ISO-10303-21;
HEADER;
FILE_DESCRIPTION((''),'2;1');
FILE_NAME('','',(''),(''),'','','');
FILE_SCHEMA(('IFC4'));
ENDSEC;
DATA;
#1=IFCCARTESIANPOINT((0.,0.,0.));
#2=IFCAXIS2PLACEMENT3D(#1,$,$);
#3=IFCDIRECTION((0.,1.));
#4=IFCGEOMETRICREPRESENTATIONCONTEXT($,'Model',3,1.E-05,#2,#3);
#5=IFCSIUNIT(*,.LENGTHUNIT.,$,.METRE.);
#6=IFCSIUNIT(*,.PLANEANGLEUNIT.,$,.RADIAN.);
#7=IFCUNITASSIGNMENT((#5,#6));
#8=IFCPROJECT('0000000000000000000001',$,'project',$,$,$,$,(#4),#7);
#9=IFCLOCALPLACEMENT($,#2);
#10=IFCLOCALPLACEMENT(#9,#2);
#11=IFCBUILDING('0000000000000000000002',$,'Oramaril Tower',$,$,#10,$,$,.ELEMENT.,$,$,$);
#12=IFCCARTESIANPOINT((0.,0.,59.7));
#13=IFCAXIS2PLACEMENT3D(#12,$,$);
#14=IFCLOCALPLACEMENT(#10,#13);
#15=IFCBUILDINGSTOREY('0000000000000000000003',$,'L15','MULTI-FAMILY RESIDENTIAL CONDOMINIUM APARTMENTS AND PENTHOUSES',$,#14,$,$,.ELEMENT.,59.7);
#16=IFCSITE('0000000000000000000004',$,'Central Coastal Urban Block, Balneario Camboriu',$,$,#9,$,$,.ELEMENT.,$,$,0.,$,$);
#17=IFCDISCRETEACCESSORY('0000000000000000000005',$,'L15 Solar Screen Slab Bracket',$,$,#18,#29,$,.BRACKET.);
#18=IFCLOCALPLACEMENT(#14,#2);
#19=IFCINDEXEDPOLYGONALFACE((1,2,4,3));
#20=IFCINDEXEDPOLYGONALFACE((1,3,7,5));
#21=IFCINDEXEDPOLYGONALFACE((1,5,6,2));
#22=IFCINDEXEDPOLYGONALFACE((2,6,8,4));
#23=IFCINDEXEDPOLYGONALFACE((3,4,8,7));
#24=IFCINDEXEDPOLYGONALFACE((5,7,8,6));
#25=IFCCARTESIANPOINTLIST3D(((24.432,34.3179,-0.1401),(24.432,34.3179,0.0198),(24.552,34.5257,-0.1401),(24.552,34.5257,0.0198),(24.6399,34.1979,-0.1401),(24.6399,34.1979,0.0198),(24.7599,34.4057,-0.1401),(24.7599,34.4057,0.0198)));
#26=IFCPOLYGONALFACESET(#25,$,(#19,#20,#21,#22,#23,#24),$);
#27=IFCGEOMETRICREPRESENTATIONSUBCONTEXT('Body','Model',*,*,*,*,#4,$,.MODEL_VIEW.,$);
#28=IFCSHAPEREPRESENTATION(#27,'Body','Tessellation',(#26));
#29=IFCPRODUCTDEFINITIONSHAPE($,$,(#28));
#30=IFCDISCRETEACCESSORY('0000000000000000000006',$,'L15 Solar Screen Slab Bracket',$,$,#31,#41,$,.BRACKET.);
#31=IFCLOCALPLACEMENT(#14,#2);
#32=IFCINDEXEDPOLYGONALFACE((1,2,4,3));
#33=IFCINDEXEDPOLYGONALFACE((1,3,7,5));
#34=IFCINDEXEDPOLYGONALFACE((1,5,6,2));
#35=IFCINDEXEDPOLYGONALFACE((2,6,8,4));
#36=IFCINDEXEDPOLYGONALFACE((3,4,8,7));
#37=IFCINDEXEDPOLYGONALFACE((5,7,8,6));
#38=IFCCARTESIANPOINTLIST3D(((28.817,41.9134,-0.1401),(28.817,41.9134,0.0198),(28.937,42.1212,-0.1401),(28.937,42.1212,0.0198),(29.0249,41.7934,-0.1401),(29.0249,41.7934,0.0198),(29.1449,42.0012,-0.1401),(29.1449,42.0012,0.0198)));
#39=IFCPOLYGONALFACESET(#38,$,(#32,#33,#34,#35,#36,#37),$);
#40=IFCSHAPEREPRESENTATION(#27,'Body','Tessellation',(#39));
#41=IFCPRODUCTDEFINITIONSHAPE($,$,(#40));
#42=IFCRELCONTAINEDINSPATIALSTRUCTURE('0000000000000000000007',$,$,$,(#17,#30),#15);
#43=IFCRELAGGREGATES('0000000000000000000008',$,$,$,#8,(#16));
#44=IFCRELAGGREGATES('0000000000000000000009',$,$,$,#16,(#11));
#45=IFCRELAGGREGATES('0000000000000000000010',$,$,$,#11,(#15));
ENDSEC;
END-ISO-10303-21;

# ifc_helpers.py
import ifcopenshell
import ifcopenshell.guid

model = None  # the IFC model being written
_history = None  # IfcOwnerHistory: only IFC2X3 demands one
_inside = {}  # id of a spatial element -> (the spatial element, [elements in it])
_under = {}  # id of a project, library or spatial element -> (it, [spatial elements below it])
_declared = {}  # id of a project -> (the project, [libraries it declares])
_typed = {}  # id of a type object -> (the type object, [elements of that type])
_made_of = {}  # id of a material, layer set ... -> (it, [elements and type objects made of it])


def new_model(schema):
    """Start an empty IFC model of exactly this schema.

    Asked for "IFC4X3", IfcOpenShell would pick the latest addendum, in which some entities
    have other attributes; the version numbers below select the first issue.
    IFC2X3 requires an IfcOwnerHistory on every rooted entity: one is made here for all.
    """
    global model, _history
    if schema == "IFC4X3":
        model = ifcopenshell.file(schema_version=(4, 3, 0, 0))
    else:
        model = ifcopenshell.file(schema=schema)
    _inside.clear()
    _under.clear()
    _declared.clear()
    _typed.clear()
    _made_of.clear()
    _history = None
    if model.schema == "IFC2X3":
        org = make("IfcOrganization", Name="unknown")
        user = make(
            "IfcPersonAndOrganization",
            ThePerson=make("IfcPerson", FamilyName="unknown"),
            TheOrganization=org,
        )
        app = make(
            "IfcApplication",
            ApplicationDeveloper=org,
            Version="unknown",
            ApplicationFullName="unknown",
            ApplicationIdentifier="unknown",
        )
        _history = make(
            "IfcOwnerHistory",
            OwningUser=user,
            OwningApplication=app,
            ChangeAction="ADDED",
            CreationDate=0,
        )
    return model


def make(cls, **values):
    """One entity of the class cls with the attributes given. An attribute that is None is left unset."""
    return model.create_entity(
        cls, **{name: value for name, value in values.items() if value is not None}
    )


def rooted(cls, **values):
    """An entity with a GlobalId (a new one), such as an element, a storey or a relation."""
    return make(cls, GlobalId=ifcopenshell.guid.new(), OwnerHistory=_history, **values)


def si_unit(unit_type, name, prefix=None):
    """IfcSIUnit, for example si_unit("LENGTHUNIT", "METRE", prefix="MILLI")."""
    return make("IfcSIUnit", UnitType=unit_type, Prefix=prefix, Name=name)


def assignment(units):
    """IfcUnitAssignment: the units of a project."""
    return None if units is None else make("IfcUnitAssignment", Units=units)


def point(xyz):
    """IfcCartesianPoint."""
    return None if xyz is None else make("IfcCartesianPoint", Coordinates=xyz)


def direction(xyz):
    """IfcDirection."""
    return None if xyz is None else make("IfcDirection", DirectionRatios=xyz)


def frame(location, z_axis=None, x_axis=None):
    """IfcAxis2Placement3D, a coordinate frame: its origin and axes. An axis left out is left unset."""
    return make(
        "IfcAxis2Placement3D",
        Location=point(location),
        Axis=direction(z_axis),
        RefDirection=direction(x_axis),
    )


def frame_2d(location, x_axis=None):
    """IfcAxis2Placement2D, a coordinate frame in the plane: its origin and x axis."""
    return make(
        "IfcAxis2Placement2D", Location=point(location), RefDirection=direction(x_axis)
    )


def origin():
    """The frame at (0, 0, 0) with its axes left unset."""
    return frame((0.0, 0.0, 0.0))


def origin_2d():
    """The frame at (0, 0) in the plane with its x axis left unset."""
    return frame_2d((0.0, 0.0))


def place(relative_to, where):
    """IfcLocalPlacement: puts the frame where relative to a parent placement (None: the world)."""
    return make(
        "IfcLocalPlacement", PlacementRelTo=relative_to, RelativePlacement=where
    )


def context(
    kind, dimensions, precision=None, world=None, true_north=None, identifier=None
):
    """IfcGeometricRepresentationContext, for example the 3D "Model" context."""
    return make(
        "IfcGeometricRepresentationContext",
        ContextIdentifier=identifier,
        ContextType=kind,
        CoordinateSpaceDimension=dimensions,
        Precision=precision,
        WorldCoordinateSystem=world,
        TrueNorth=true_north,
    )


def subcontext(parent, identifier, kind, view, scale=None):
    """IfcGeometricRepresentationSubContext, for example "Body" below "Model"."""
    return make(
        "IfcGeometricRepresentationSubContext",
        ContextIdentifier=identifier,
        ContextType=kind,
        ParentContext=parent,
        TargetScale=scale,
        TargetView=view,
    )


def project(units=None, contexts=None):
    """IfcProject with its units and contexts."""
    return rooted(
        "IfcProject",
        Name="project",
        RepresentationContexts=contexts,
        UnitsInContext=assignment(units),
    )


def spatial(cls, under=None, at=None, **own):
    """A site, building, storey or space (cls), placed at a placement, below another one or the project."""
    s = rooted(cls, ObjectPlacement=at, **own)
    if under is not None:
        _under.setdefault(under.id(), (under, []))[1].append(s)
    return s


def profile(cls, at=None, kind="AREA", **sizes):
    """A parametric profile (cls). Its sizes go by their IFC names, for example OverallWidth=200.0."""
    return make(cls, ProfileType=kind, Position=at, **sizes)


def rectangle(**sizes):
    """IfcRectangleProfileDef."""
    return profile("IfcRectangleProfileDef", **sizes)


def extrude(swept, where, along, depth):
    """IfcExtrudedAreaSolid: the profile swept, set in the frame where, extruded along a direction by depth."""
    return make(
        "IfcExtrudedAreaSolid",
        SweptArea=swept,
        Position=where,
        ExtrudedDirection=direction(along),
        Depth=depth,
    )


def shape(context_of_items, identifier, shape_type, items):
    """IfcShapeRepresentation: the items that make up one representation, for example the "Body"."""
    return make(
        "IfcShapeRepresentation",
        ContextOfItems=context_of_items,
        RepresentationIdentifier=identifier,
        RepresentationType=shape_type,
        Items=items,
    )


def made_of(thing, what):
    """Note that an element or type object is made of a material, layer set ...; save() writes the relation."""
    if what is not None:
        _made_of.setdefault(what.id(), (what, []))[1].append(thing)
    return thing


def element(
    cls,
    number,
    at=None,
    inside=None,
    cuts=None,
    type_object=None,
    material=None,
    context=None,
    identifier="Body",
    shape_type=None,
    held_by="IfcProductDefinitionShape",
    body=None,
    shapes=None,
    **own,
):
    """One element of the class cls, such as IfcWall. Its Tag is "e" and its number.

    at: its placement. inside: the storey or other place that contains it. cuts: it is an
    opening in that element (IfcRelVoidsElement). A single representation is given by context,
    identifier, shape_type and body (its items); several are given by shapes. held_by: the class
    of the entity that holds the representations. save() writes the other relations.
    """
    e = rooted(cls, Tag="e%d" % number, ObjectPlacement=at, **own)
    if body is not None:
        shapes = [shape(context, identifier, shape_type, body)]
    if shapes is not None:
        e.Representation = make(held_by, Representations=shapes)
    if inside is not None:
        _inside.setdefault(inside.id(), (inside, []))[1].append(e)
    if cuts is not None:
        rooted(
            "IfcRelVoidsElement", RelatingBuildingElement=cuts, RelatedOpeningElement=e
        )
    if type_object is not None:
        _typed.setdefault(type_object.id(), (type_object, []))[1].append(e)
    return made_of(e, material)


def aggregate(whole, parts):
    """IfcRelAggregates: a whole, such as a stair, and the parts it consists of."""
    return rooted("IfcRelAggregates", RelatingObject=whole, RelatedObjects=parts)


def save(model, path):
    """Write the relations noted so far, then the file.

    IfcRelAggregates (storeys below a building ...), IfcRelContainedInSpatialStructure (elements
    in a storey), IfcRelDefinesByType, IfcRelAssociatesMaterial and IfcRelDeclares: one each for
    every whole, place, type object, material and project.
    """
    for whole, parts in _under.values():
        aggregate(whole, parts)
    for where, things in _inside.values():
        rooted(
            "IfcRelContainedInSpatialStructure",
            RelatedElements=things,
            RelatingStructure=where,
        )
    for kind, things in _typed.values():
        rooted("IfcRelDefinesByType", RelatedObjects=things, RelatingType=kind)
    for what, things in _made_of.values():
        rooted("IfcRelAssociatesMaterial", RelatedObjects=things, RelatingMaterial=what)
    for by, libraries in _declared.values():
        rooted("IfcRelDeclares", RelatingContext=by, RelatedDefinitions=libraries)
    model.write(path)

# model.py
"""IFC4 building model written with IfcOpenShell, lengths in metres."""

from ifc_helpers import new_model, si_unit, direction, frame, origin, origin_2d, place, context, subcontext, project, spatial, rectangle, extrude, element, save


model = new_model("IFC4")

# Units and contexts
model_context = context("Model", 3, precision=1e-05, world=origin(), true_north=direction((0.0, 1.0)))
body_context = subcontext(model_context, "Body", "Model", "MODEL_VIEW")
ifc_project = project(units=[si_unit("LENGTHUNIT", "METRE"), si_unit("PLANEANGLEUNIT", "RADIAN")], contexts=[model_context])

# Site, building, storey
site_placement = place(None, origin())
site = spatial("IfcSite", under=ifc_project, at=site_placement, Name="Central Coastal Urban Block, Balneario Camboriu", CompositionType="ELEMENT", RefElevation=0.0)
building_placement = place(site_placement, origin())
building = spatial("IfcBuilding", under=site, at=building_placement, Name="Oramaril Tower", CompositionType="ELEMENT")
storey_placement = place(building_placement, frame((0.0, 0.0, 59.7)))
storey = spatial("IfcBuildingStorey", under=building, at=storey_placement, Name="L15", Description="MULTI-FAMILY RESIDENTIAL CONDOMINIUM APARTMENTS AND PENTHOUSES", CompositionType="ELEMENT", Elevation=59.7)

# Discrete accessories
for number, where, z_axis, x_axis, name in (
    (1, (24.5959, 34.3618, -0.1401), (0.0, 0.0, 1.0), (-0.499998, -0.866026, 0.0), "L15 Solar Screen Slab Bracket"),
    (2, (28.981, 41.9573, -0.1401), (0.0, 0.0, 1.0), (-0.499998, -0.866026, 0.0), "L15 Solar Screen Slab Bracket"),
):
    element("IfcDiscreteAccessory", number, at=place(storey_placement, frame(where, z_axis=z_axis, x_axis=x_axis)), inside=storey, Name=name, PredefinedType="BRACKET", context=body_context, shape_type="SweptSolid", body=[
        extrude(rectangle(XDim=0.24, YDim=0.24, at=origin_2d()), origin(), (0.0, 0.0, 1.0), 0.1599),
    ])

save(model, "model.ifc")
